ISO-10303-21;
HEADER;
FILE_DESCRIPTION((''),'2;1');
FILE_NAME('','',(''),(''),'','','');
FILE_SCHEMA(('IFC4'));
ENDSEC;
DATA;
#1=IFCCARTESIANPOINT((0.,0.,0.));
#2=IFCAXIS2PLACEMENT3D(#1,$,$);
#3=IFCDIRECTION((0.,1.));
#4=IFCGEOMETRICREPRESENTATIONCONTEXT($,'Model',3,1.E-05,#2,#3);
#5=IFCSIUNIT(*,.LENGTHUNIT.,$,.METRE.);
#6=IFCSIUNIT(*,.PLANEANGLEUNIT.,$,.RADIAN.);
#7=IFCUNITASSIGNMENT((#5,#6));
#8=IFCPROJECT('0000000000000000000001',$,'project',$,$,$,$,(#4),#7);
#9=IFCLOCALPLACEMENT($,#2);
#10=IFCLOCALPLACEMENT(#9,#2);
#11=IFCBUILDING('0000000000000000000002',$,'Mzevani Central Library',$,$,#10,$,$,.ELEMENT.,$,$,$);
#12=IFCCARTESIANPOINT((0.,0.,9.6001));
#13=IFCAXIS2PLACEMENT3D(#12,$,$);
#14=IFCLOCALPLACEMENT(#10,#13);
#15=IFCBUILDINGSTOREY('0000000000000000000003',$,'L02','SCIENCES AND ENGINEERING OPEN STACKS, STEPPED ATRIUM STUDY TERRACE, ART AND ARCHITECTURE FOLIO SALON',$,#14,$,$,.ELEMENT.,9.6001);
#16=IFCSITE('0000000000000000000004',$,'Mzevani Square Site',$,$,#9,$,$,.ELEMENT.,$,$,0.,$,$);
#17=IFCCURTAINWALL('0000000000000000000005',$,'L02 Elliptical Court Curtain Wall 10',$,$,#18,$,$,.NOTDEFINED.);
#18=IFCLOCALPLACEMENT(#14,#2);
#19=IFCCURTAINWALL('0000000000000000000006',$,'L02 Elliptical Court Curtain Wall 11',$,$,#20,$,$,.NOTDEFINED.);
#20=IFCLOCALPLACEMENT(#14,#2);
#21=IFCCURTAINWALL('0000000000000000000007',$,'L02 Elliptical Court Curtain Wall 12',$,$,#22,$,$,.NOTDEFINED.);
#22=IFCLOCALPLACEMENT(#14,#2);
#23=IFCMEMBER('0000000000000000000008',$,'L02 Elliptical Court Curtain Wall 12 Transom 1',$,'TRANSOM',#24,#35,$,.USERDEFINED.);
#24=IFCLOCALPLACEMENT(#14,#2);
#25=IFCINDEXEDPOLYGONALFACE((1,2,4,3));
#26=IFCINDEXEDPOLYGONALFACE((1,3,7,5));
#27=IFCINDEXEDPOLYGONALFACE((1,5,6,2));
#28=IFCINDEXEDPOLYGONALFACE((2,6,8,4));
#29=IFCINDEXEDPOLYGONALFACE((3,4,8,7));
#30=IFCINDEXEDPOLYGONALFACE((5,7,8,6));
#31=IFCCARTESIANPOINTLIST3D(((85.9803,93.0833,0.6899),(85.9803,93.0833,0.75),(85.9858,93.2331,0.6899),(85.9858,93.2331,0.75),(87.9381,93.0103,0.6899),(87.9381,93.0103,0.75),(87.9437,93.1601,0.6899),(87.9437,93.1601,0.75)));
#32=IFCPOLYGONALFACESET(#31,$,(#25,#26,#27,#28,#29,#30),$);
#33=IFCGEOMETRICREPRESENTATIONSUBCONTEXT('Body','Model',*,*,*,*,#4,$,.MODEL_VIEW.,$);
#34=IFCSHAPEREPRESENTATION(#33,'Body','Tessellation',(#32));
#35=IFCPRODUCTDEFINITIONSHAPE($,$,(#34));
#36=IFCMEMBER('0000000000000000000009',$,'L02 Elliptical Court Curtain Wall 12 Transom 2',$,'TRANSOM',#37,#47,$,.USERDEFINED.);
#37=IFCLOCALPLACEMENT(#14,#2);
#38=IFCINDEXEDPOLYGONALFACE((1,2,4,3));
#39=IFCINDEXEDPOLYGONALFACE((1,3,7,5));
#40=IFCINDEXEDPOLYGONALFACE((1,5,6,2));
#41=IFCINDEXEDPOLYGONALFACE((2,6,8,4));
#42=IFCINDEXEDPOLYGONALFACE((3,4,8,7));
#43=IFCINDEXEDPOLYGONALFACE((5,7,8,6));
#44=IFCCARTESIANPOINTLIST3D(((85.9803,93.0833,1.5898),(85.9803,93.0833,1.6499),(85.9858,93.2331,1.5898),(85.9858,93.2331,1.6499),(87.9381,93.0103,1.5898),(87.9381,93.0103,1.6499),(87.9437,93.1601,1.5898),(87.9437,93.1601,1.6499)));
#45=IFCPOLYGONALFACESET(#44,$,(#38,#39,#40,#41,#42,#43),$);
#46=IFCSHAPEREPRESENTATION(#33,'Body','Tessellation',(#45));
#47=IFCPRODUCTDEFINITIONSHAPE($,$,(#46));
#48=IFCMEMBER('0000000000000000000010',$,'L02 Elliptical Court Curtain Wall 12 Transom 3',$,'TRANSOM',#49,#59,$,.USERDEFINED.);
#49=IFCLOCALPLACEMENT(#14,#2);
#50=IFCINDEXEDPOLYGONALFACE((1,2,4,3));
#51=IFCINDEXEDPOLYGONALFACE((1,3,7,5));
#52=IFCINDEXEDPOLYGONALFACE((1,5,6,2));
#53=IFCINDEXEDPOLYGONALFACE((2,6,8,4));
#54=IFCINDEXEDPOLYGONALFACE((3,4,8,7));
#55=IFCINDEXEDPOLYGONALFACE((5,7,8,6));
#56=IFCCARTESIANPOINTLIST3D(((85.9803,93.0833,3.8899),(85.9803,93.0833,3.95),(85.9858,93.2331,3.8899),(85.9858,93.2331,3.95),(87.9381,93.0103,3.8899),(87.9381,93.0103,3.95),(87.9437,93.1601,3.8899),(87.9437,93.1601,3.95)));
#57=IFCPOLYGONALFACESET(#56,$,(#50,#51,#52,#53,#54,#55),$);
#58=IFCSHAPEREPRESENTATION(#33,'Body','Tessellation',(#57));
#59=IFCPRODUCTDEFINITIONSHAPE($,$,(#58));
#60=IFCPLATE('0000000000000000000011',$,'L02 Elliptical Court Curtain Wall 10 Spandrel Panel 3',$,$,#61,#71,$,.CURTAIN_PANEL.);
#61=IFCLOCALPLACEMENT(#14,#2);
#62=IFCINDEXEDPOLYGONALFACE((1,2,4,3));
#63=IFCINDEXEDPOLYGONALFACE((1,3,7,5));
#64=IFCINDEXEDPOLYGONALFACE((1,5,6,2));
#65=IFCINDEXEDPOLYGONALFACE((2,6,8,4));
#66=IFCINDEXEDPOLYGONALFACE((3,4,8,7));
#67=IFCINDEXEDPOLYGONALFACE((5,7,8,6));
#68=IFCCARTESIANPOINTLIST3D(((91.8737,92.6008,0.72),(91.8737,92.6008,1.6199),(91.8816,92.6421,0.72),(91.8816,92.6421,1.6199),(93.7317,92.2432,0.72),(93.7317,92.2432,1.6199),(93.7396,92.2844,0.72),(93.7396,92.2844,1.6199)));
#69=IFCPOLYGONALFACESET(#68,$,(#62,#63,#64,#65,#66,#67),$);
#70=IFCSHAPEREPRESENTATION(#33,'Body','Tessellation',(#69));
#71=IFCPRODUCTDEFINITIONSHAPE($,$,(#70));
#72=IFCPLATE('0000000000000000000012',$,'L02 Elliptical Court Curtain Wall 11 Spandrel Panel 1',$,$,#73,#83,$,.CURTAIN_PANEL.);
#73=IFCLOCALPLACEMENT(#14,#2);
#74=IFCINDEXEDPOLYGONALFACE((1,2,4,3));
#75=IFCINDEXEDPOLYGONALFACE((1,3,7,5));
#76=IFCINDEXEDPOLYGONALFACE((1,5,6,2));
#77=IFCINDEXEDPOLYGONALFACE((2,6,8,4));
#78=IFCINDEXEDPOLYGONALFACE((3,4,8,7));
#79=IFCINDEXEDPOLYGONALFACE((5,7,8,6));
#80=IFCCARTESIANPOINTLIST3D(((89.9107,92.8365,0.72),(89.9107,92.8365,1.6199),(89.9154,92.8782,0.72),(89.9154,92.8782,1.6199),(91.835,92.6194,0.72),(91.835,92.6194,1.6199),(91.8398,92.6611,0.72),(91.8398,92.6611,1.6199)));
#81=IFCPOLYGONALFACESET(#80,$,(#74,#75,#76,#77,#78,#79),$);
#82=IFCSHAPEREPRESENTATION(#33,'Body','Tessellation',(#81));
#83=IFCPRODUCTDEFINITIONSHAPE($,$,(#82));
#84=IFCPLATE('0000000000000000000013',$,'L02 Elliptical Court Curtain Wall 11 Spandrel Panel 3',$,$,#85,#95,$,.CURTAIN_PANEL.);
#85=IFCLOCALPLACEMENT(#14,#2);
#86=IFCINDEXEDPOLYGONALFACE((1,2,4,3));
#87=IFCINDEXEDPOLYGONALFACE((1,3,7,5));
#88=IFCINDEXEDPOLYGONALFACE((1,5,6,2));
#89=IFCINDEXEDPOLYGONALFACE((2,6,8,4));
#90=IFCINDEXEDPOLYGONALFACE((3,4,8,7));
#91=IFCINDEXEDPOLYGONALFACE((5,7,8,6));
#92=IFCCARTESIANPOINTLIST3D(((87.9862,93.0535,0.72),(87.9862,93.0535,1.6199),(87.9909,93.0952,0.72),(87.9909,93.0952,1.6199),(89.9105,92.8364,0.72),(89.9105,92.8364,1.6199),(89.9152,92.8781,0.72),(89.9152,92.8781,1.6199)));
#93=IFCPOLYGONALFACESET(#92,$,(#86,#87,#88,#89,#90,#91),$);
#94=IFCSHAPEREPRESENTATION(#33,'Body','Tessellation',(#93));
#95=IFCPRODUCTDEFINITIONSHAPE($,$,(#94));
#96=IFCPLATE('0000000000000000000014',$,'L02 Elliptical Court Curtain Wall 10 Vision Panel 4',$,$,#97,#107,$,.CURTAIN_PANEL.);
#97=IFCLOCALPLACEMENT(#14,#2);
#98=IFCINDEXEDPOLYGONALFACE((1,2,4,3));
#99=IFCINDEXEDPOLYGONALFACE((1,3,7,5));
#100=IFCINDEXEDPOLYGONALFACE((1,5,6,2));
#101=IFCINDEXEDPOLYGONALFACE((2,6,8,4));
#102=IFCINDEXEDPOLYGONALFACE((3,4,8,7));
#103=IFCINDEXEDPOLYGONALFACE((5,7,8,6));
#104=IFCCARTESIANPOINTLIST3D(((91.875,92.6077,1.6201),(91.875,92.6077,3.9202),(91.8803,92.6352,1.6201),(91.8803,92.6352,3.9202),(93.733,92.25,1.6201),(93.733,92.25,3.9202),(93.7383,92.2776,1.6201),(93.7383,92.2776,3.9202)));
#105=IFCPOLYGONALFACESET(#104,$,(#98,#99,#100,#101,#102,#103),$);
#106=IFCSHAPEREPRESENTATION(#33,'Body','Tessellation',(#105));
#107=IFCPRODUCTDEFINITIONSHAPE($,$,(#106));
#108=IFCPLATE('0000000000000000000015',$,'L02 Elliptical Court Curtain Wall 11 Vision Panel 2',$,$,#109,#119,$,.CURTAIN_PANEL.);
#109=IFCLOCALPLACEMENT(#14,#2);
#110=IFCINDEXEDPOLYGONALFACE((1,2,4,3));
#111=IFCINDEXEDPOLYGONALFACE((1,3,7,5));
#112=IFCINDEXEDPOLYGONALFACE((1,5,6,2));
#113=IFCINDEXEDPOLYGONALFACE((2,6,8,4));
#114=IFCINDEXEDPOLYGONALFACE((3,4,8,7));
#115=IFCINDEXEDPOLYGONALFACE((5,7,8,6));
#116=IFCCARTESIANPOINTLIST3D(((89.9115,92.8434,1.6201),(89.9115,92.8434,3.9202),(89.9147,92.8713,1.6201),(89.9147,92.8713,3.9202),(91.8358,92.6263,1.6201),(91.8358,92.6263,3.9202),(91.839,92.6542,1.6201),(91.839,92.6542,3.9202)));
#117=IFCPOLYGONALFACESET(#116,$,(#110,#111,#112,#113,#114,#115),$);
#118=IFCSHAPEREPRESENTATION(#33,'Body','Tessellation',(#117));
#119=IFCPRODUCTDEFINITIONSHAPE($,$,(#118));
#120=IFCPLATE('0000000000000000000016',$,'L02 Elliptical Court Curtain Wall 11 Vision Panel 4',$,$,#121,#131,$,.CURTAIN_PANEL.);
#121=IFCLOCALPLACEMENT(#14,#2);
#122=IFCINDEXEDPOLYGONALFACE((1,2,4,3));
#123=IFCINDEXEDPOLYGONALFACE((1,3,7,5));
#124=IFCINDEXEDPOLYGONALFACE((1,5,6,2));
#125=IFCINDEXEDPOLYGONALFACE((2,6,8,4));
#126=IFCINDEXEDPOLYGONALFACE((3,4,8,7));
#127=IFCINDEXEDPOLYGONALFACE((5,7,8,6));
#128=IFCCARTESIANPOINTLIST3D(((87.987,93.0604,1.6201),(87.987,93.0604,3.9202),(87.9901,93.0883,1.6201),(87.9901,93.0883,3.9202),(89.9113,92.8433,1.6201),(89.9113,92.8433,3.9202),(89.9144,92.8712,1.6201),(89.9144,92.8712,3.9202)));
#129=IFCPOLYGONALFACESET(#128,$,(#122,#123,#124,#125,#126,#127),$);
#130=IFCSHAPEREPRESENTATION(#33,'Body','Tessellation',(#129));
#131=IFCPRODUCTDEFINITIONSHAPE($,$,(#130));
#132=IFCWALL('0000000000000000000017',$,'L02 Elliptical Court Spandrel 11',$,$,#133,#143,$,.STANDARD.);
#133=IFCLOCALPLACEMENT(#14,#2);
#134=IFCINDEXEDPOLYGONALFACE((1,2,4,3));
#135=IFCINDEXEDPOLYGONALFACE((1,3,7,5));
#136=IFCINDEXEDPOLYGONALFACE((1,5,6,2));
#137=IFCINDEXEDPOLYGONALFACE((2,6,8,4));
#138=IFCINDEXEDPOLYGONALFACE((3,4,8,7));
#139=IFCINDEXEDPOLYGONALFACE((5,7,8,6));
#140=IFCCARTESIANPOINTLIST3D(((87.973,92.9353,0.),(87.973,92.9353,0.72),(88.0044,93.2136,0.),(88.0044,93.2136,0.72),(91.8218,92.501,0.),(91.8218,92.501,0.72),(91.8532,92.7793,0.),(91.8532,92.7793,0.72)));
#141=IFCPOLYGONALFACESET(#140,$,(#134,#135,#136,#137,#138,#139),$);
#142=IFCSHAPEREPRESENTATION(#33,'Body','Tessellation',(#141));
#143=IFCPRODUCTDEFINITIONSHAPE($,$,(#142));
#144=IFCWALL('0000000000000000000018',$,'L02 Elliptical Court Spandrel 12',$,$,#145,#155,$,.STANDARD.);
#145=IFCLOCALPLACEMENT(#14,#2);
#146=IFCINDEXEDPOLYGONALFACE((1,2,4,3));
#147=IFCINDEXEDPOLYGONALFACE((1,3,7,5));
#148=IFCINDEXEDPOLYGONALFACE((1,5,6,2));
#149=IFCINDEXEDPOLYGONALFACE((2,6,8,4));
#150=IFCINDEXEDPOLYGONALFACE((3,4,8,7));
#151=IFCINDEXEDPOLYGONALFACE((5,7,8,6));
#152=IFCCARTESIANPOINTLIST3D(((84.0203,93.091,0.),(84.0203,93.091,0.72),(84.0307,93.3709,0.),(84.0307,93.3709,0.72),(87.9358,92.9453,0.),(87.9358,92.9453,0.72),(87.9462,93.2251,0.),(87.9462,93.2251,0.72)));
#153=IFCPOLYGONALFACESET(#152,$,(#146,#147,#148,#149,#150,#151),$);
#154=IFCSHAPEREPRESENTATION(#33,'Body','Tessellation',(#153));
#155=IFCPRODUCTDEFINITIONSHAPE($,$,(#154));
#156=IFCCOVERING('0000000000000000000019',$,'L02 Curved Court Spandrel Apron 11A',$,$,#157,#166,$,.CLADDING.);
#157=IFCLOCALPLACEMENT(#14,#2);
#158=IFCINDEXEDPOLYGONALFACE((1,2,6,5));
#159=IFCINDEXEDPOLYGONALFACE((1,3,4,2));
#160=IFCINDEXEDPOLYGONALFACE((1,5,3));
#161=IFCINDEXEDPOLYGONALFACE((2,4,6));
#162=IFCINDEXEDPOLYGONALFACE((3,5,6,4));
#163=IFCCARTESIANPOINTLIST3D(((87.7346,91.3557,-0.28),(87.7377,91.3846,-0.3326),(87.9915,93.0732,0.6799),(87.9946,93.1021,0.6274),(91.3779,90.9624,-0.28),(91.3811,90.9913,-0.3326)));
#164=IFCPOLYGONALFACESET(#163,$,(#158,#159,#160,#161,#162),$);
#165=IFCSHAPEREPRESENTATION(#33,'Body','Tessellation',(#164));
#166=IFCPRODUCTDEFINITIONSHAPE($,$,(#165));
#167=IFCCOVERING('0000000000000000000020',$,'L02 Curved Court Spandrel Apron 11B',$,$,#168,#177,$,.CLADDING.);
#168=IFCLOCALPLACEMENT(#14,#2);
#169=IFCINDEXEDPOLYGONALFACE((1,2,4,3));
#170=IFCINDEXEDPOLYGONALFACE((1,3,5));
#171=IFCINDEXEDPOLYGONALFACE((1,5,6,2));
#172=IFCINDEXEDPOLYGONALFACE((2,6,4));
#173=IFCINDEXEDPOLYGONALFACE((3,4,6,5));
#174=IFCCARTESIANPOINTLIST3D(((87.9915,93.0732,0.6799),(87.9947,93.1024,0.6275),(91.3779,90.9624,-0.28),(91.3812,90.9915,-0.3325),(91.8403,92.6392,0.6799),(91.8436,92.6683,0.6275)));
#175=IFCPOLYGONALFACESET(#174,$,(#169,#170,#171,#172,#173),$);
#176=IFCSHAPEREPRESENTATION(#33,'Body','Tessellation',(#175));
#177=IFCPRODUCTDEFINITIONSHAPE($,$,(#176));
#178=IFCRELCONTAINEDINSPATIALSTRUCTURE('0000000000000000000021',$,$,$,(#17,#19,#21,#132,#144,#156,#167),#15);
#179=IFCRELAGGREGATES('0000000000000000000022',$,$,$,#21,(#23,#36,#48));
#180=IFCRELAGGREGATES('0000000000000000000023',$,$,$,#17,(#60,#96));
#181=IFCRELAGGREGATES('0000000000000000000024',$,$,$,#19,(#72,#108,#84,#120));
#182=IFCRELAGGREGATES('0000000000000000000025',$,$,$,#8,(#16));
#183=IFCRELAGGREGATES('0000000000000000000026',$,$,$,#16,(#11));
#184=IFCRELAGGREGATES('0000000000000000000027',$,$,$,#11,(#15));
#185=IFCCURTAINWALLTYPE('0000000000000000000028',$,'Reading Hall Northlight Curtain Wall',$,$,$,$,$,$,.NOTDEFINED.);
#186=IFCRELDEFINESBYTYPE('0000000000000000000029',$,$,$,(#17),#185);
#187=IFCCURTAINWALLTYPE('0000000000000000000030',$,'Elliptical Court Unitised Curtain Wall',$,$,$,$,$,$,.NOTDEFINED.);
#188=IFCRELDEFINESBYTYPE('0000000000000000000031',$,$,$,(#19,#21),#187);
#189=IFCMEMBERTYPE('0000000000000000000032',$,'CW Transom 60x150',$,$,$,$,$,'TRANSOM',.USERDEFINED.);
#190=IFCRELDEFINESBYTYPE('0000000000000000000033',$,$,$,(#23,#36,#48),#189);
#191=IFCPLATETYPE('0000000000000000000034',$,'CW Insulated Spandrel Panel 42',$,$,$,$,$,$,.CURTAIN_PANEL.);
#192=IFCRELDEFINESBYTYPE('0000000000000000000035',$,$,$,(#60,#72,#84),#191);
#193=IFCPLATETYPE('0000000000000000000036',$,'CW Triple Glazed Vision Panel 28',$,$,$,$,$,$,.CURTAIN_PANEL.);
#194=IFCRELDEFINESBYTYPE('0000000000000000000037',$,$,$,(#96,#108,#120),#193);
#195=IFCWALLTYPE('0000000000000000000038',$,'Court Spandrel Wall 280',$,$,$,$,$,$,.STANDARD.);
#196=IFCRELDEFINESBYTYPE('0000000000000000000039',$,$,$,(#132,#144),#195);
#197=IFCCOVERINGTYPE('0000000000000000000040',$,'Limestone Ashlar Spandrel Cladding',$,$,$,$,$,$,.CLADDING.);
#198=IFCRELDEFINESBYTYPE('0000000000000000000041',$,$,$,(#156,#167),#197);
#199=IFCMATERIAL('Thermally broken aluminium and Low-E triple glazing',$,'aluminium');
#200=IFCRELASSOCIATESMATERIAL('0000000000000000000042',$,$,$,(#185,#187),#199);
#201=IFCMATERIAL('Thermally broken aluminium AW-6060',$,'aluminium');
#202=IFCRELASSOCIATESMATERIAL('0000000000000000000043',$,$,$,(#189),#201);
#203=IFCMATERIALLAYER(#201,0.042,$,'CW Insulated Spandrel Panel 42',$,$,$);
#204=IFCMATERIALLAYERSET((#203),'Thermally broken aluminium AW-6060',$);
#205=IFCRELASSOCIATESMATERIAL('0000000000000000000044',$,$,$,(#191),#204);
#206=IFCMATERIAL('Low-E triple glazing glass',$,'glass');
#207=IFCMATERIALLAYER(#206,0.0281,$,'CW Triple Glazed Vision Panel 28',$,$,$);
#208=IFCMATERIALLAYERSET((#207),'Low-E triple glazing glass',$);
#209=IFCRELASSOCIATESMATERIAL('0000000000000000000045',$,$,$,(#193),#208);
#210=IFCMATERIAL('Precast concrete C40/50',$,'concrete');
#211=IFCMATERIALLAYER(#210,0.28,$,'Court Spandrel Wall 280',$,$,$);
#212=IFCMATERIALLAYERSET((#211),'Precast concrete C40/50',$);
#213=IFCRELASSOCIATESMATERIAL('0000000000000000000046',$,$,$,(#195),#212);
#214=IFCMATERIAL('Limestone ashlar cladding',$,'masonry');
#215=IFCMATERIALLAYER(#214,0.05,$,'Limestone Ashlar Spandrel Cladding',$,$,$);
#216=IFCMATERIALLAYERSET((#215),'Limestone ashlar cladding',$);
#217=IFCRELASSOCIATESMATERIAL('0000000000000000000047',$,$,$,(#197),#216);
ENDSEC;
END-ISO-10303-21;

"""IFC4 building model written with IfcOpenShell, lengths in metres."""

from ifc_helpers import new_model, si_unit, direction, frame, frame_2d, origin, origin_2d, place, context, subcontext, project, spatial, polyline, rectangle, outline, extrude, material, layer, layer_set, material_profile, profile_set, type_object, element, aggregate, save


model = new_model("IFC4")

# Units and contexts
model_context = context("Model", 3, precision=1e-05, world=origin(), true_north=direction((0.0, 1.0)))
body_context = subcontext(model_context, "Body", "Model", "MODEL_VIEW")
ifc_project = project(units=[si_unit("LENGTHUNIT", "METRE"), si_unit("PLANEANGLEUNIT", "RADIAN")], contexts=[model_context])

# Site, building, storey
site_placement = place(None, origin())
site = spatial("IfcSite", under=ifc_project, at=site_placement, Name="Mzevani Square Site", CompositionType="ELEMENT", RefElevation=0.0)
building_placement = place(site_placement, origin())
building = spatial("IfcBuilding", under=site, at=building_placement, Name="Mzevani Central Library", CompositionType="ELEMENT")
storey_placement = place(building_placement, frame((0.0, 0.0, 9.6001)))
storey = spatial("IfcBuildingStorey", under=building, at=storey_placement, Name="L02", Description="SCIENCES AND ENGINEERING OPEN STACKS, STEPPED ATRIUM STUDY TERRACE, ART AND ARCHITECTURE FOLIO SALON", CompositionType="ELEMENT", Elevation=9.6001)

# Curtain walls
ifc_material_1 = material(Name="Thermally broken aluminium and Low-E triple glazing", Category="aluminium")
curtain_wall_type_1 = type_object("IfcCurtainWallType", Name="Reading Hall Northlight Curtain Wall", PredefinedType="NOTDEFINED", material=ifc_material_1)
curtain_wall_1_placement = place(storey_placement, origin())
curtain_wall_1 = element("IfcCurtainWall", 1, at=curtain_wall_1_placement, inside=storey, type_object=curtain_wall_type_1, Name="L02 Elliptical Court Curtain Wall 10", PredefinedType="NOTDEFINED")
ifc_material_2 = material(Name="Thermally broken aluminium AW-6060", Category="aluminium")
curtain_wall_type_2 = type_object("IfcCurtainWallType", Name="Elliptical Court Unitised Curtain Wall", PredefinedType="NOTDEFINED", material=ifc_material_1)
curtain_wall_2_placement = place(storey_placement, origin())
curtain_wall_2 = element("IfcCurtainWall", 2, at=curtain_wall_2_placement, inside=storey, type_object=curtain_wall_type_2, Name="L02 Elliptical Court Curtain Wall 11", PredefinedType="NOTDEFINED")

# Curtain wall
curtain_wall_3_placement = place(storey_placement, origin())
curtain_wall_3 = element("IfcCurtainWall", 3, at=curtain_wall_3_placement, inside=storey, type_object=curtain_wall_type_2, Name="L02 Elliptical Court Curtain Wall 12", PredefinedType="NOTDEFINED")

# Members
ifc_material_profile_1 = material_profile(ifc_material_2, rectangle(XDim=0.1499, YDim=0.0601, at=origin_2d()), Name="ALU T60x150")
ifc_profile_set_1 = profile_set([ifc_material_profile_1], Name="Thermally broken aluminium AW-6060")
member_type_1 = type_object("IfcMemberType", Name="CW Transom 60x150", ElementType="TRANSOM", PredefinedType="USERDEFINED", material=ifc_profile_set_1)
member_1_placement = place(storey_placement, frame((87.9409, 93.0852, 0.72), z_axis=(-0.999306, 0.037261, 0.0), x_axis=(-0.037261, -0.999306, 0.0)))
member_1 = element("IfcMember", 4, at=member_1_placement, type_object=member_type_1, Name="L02 Elliptical Court Curtain Wall 12 Transom 1", ObjectType="TRANSOM", PredefinedType="USERDEFINED", context=body_context, shape_type="SweptSolid", body=[
    extrude(rectangle(XDim=0.1499, YDim=0.0601, at=origin_2d()), origin(), (0.0, 0.0, 1.0), 1.9592),
])
member_2_placement = place(storey_placement, frame((87.9409, 93.0852, 1.6199), z_axis=(-0.999306, 0.037261, 0.0), x_axis=(-0.037261, -0.999306, 0.0)))
member_2 = element("IfcMember", 5, at=member_2_placement, type_object=member_type_1, Name="L02 Elliptical Court Curtain Wall 12 Transom 2", ObjectType="TRANSOM", PredefinedType="USERDEFINED", context=body_context, shape_type="SweptSolid", body=[
    extrude(rectangle(XDim=0.1499, YDim=0.0601, at=origin_2d()), origin(), (0.0, 0.0, 1.0), 1.9592),
])
member_3_placement = place(storey_placement, frame((87.9409, 93.0852, 3.9199), z_axis=(-0.999306, 0.037261, 0.0), x_axis=(-0.037261, -0.999306, 0.0)))
member_3 = element("IfcMember", 6, at=member_3_placement, type_object=member_type_1, Name="L02 Elliptical Court Curtain Wall 12 Transom 3", ObjectType="TRANSOM", PredefinedType="USERDEFINED", context=body_context, shape_type="SweptSolid", body=[
    extrude(rectangle(XDim=0.1499, YDim=0.0601, at=origin_2d()), origin(), (0.0, 0.0, 1.0), 1.9592),
])
aggregate(curtain_wall_3, [member_1, member_2, member_3])

# Plates
ifc_layer_1 = layer(ifc_material_2, 0.042, Name="CW Insulated Spandrel Panel 42")
ifc_layer_set_1 = layer_set([ifc_layer_1], Name="Thermally broken aluminium AW-6060")
plate_type_1 = type_object("IfcPlateType", Name="CW Insulated Spandrel Panel 42", PredefinedType="CURTAIN_PANEL", material=ifc_layer_set_1)
plate_1_placement = place(storey_placement, frame((92.8066, 92.4426, 0.72), z_axis=(0.0, 0.0, 1.0), x_axis=(-0.981972, 0.189027, 0.0)))
plate_1 = element("IfcPlate", 7, at=plate_1_placement, type_object=plate_type_1, Name="L02 Elliptical Court Curtain Wall 10 Spandrel Panel 3", PredefinedType="CURTAIN_PANEL", context=body_context, shape_type="SweptSolid", body=[
    extrude(rectangle(XDim=1.8921, YDim=0.042, at=origin_2d()), origin(), (0.0, 0.0, 1.0), 0.8999),
])
plate_2_placement = place(storey_placement, frame((90.8752, 92.7488, 0.72), z_axis=(0.0, 0.0, 1.0), x_axis=(-0.993697, 0.112104, 0.0)))
plate_2 = element("IfcPlate", 8, at=plate_2_placement, type_object=plate_type_1, Name="L02 Elliptical Court Curtain Wall 11 Spandrel Panel 1", PredefinedType="CURTAIN_PANEL", context=body_context, shape_type="SweptSolid", body=[
    extrude(rectangle(XDim=1.9365, YDim=0.042, at=origin_2d()), origin(), (0.0, 0.0, 1.0), 0.8999),
])
plate_3_placement = place(storey_placement, frame((88.9507, 92.9658, 0.72), z_axis=(0.0, 0.0, 1.0), x_axis=(-0.993697, 0.112104, 0.0)))
plate_3 = element("IfcPlate", 9, at=plate_3_placement, type_object=plate_type_1, Name="L02 Elliptical Court Curtain Wall 11 Spandrel Panel 3", PredefinedType="CURTAIN_PANEL", context=body_context, shape_type="SweptSolid", body=[
    extrude(rectangle(XDim=1.9365, YDim=0.042, at=origin_2d()), origin(), (0.0, 0.0, 1.0), 0.8999),
])
ifc_material_3 = material(Name="Low-E triple glazing glass", Category="glass")
ifc_layer_2 = layer(ifc_material_3, 0.0281, Name="CW Triple Glazed Vision Panel 28")
ifc_layer_set_2 = layer_set([ifc_layer_2], Name="Low-E triple glazing glass")
plate_type_2 = type_object("IfcPlateType", Name="CW Triple Glazed Vision Panel 28", PredefinedType="CURTAIN_PANEL", material=ifc_layer_set_2)
plate_4_placement = place(storey_placement, frame((92.8066, 92.4426, 1.6201), z_axis=(0.0, 0.0, 1.0), x_axis=(-0.981972, 0.189027, 0.0)))
plate_4 = element("IfcPlate", 10, at=plate_4_placement, type_object=plate_type_2, Name="L02 Elliptical Court Curtain Wall 10 Vision Panel 4", PredefinedType="CURTAIN_PANEL", context=body_context, shape_type="SweptSolid", body=[
    extrude(rectangle(XDim=1.8921, YDim=0.0281, at=origin_2d()), origin(), (0.0, 0.0, 1.0), 2.3),
])
aggregate(curtain_wall_1, [plate_1, plate_4])
plate_5_placement = place(storey_placement, frame((90.8752, 92.7488, 1.6201), z_axis=(0.0, 0.0, 1.0), x_axis=(-0.993697, 0.112104, 0.0)))
plate_5 = element("IfcPlate", 11, at=plate_5_placement, type_object=plate_type_2, Name="L02 Elliptical Court Curtain Wall 11 Vision Panel 2", PredefinedType="CURTAIN_PANEL", context=body_context, shape_type="SweptSolid", body=[
    extrude(rectangle(XDim=1.9365, YDim=0.0281, at=origin_2d()), origin(), (0.0, 0.0, 1.0), 2.3),
])
plate_6_placement = place(storey_placement, frame((88.9507, 92.9658, 1.6201), z_axis=(0.0, 0.0, 1.0), x_axis=(-0.993697, 0.112104, 0.0)))
plate_6 = element("IfcPlate", 12, at=plate_6_placement, type_object=plate_type_2, Name="L02 Elliptical Court Curtain Wall 11 Vision Panel 4", PredefinedType="CURTAIN_PANEL", context=body_context, shape_type="SweptSolid", body=[
    extrude(rectangle(XDim=1.9365, YDim=0.0281, at=origin_2d()), origin(), (0.0, 0.0, 1.0), 2.3),
])
aggregate(curtain_wall_2, [plate_2, plate_5, plate_3, plate_6])

# Walls
ifc_material_4 = material(Name="Precast concrete C40/50", Category="concrete")
ifc_layer_3 = layer(ifc_material_4, 0.28, Name="Court Spandrel Wall 280")
ifc_layer_set_3 = layer_set([ifc_layer_3], Name="Precast concrete C40/50")
wall_type = type_object("IfcWallType", Name="Court Spandrel Wall 280", PredefinedType="STANDARD", material=ifc_layer_set_3)
wall_1_placement = place(storey_placement, frame((91.8374, 92.6401, 0.0), z_axis=(0.0, 0.0, 1.0), x_axis=(-0.993693, 0.112133, 0.0)))
element("IfcWall", 13, at=wall_1_placement, inside=storey, type_object=wall_type, Name="L02 Elliptical Court Spandrel 11", PredefinedType="STANDARD", context=body_context, shape_type="SweptSolid", body=[
    extrude(rectangle(XDim=3.8733, YDim=0.28, at=frame_2d((1.9365, 0.0))), origin(), (0.0, 0.0, 1.0), 0.72),
])
wall_2_placement = place(storey_placement, frame((87.9409, 93.0852, 0.0), z_axis=(0.0, 0.0, 1.0), x_axis=(-0.999308, 0.037198, 0.0)))
element("IfcWall", 14, at=wall_2_placement, inside=storey, type_object=wall_type, Name="L02 Elliptical Court Spandrel 12", PredefinedType="STANDARD", context=body_context, shape_type="SweptSolid", body=[
    extrude(rectangle(XDim=3.9182, YDim=0.28, at=frame_2d((1.959, 0.0))), origin(), (0.0, 0.0, 1.0), 0.72),
])

# Coverings
ifc_material_5 = material(Name="Limestone ashlar cladding", Category="masonry")
ifc_layer_4 = layer(ifc_material_5, 0.05, Name="Limestone Ashlar Spandrel Cladding")
ifc_layer_set_4 = layer_set([ifc_layer_4], Name="Limestone ashlar cladding")
covering_type = type_object("IfcCoveringType", Name="Limestone Ashlar Spandrel Cladding", PredefinedType="CLADDING", material=ifc_layer_set_4)
covering_1_placement = place(storey_placement, frame((91.3779, 90.9624, -0.28), z_axis=(-0.051958, -0.481295, 0.875018), x_axis=(-0.994223, 0.107331, 0.0)))
element("IfcCovering", 15, at=covering_1_placement, inside=storey, type_object=covering_type, Name="L02 Curved Court Spandrel Apron 11A", PredefinedType="CLADDING", context=body_context, shape_type="SweptSolid", body=[
    extrude(outline(polyline([(0.0, 0.0), (3.6645, 0.0), (3.5935, -1.983), (0.0, 0.0)])), origin(), (0.0, 0.0, -1.0), 0.0601),
])
covering_2_placement = place(storey_placement, frame((91.3779, 90.9624, -0.28), z_axis=(-0.054666, -0.484707, 0.872967), x_axis=(-0.825102, 0.514298, 0.233891)))
element("IfcCovering", 16, at=covering_2_placement, inside=storey, type_object=covering_type, Name="L02 Curved Court Spandrel Apron 11B", PredefinedType="CLADDING", context=body_context, shape_type="SweptSolid", body=[
    extrude(outline(polyline([(0.0, 0.0), (4.1043, 0.0), (0.7054, -1.8572), (0.0, 0.0)])), origin(), (0.0, 0.0, -1.0), 0.0601),
])

save(model, "model.ifc")
